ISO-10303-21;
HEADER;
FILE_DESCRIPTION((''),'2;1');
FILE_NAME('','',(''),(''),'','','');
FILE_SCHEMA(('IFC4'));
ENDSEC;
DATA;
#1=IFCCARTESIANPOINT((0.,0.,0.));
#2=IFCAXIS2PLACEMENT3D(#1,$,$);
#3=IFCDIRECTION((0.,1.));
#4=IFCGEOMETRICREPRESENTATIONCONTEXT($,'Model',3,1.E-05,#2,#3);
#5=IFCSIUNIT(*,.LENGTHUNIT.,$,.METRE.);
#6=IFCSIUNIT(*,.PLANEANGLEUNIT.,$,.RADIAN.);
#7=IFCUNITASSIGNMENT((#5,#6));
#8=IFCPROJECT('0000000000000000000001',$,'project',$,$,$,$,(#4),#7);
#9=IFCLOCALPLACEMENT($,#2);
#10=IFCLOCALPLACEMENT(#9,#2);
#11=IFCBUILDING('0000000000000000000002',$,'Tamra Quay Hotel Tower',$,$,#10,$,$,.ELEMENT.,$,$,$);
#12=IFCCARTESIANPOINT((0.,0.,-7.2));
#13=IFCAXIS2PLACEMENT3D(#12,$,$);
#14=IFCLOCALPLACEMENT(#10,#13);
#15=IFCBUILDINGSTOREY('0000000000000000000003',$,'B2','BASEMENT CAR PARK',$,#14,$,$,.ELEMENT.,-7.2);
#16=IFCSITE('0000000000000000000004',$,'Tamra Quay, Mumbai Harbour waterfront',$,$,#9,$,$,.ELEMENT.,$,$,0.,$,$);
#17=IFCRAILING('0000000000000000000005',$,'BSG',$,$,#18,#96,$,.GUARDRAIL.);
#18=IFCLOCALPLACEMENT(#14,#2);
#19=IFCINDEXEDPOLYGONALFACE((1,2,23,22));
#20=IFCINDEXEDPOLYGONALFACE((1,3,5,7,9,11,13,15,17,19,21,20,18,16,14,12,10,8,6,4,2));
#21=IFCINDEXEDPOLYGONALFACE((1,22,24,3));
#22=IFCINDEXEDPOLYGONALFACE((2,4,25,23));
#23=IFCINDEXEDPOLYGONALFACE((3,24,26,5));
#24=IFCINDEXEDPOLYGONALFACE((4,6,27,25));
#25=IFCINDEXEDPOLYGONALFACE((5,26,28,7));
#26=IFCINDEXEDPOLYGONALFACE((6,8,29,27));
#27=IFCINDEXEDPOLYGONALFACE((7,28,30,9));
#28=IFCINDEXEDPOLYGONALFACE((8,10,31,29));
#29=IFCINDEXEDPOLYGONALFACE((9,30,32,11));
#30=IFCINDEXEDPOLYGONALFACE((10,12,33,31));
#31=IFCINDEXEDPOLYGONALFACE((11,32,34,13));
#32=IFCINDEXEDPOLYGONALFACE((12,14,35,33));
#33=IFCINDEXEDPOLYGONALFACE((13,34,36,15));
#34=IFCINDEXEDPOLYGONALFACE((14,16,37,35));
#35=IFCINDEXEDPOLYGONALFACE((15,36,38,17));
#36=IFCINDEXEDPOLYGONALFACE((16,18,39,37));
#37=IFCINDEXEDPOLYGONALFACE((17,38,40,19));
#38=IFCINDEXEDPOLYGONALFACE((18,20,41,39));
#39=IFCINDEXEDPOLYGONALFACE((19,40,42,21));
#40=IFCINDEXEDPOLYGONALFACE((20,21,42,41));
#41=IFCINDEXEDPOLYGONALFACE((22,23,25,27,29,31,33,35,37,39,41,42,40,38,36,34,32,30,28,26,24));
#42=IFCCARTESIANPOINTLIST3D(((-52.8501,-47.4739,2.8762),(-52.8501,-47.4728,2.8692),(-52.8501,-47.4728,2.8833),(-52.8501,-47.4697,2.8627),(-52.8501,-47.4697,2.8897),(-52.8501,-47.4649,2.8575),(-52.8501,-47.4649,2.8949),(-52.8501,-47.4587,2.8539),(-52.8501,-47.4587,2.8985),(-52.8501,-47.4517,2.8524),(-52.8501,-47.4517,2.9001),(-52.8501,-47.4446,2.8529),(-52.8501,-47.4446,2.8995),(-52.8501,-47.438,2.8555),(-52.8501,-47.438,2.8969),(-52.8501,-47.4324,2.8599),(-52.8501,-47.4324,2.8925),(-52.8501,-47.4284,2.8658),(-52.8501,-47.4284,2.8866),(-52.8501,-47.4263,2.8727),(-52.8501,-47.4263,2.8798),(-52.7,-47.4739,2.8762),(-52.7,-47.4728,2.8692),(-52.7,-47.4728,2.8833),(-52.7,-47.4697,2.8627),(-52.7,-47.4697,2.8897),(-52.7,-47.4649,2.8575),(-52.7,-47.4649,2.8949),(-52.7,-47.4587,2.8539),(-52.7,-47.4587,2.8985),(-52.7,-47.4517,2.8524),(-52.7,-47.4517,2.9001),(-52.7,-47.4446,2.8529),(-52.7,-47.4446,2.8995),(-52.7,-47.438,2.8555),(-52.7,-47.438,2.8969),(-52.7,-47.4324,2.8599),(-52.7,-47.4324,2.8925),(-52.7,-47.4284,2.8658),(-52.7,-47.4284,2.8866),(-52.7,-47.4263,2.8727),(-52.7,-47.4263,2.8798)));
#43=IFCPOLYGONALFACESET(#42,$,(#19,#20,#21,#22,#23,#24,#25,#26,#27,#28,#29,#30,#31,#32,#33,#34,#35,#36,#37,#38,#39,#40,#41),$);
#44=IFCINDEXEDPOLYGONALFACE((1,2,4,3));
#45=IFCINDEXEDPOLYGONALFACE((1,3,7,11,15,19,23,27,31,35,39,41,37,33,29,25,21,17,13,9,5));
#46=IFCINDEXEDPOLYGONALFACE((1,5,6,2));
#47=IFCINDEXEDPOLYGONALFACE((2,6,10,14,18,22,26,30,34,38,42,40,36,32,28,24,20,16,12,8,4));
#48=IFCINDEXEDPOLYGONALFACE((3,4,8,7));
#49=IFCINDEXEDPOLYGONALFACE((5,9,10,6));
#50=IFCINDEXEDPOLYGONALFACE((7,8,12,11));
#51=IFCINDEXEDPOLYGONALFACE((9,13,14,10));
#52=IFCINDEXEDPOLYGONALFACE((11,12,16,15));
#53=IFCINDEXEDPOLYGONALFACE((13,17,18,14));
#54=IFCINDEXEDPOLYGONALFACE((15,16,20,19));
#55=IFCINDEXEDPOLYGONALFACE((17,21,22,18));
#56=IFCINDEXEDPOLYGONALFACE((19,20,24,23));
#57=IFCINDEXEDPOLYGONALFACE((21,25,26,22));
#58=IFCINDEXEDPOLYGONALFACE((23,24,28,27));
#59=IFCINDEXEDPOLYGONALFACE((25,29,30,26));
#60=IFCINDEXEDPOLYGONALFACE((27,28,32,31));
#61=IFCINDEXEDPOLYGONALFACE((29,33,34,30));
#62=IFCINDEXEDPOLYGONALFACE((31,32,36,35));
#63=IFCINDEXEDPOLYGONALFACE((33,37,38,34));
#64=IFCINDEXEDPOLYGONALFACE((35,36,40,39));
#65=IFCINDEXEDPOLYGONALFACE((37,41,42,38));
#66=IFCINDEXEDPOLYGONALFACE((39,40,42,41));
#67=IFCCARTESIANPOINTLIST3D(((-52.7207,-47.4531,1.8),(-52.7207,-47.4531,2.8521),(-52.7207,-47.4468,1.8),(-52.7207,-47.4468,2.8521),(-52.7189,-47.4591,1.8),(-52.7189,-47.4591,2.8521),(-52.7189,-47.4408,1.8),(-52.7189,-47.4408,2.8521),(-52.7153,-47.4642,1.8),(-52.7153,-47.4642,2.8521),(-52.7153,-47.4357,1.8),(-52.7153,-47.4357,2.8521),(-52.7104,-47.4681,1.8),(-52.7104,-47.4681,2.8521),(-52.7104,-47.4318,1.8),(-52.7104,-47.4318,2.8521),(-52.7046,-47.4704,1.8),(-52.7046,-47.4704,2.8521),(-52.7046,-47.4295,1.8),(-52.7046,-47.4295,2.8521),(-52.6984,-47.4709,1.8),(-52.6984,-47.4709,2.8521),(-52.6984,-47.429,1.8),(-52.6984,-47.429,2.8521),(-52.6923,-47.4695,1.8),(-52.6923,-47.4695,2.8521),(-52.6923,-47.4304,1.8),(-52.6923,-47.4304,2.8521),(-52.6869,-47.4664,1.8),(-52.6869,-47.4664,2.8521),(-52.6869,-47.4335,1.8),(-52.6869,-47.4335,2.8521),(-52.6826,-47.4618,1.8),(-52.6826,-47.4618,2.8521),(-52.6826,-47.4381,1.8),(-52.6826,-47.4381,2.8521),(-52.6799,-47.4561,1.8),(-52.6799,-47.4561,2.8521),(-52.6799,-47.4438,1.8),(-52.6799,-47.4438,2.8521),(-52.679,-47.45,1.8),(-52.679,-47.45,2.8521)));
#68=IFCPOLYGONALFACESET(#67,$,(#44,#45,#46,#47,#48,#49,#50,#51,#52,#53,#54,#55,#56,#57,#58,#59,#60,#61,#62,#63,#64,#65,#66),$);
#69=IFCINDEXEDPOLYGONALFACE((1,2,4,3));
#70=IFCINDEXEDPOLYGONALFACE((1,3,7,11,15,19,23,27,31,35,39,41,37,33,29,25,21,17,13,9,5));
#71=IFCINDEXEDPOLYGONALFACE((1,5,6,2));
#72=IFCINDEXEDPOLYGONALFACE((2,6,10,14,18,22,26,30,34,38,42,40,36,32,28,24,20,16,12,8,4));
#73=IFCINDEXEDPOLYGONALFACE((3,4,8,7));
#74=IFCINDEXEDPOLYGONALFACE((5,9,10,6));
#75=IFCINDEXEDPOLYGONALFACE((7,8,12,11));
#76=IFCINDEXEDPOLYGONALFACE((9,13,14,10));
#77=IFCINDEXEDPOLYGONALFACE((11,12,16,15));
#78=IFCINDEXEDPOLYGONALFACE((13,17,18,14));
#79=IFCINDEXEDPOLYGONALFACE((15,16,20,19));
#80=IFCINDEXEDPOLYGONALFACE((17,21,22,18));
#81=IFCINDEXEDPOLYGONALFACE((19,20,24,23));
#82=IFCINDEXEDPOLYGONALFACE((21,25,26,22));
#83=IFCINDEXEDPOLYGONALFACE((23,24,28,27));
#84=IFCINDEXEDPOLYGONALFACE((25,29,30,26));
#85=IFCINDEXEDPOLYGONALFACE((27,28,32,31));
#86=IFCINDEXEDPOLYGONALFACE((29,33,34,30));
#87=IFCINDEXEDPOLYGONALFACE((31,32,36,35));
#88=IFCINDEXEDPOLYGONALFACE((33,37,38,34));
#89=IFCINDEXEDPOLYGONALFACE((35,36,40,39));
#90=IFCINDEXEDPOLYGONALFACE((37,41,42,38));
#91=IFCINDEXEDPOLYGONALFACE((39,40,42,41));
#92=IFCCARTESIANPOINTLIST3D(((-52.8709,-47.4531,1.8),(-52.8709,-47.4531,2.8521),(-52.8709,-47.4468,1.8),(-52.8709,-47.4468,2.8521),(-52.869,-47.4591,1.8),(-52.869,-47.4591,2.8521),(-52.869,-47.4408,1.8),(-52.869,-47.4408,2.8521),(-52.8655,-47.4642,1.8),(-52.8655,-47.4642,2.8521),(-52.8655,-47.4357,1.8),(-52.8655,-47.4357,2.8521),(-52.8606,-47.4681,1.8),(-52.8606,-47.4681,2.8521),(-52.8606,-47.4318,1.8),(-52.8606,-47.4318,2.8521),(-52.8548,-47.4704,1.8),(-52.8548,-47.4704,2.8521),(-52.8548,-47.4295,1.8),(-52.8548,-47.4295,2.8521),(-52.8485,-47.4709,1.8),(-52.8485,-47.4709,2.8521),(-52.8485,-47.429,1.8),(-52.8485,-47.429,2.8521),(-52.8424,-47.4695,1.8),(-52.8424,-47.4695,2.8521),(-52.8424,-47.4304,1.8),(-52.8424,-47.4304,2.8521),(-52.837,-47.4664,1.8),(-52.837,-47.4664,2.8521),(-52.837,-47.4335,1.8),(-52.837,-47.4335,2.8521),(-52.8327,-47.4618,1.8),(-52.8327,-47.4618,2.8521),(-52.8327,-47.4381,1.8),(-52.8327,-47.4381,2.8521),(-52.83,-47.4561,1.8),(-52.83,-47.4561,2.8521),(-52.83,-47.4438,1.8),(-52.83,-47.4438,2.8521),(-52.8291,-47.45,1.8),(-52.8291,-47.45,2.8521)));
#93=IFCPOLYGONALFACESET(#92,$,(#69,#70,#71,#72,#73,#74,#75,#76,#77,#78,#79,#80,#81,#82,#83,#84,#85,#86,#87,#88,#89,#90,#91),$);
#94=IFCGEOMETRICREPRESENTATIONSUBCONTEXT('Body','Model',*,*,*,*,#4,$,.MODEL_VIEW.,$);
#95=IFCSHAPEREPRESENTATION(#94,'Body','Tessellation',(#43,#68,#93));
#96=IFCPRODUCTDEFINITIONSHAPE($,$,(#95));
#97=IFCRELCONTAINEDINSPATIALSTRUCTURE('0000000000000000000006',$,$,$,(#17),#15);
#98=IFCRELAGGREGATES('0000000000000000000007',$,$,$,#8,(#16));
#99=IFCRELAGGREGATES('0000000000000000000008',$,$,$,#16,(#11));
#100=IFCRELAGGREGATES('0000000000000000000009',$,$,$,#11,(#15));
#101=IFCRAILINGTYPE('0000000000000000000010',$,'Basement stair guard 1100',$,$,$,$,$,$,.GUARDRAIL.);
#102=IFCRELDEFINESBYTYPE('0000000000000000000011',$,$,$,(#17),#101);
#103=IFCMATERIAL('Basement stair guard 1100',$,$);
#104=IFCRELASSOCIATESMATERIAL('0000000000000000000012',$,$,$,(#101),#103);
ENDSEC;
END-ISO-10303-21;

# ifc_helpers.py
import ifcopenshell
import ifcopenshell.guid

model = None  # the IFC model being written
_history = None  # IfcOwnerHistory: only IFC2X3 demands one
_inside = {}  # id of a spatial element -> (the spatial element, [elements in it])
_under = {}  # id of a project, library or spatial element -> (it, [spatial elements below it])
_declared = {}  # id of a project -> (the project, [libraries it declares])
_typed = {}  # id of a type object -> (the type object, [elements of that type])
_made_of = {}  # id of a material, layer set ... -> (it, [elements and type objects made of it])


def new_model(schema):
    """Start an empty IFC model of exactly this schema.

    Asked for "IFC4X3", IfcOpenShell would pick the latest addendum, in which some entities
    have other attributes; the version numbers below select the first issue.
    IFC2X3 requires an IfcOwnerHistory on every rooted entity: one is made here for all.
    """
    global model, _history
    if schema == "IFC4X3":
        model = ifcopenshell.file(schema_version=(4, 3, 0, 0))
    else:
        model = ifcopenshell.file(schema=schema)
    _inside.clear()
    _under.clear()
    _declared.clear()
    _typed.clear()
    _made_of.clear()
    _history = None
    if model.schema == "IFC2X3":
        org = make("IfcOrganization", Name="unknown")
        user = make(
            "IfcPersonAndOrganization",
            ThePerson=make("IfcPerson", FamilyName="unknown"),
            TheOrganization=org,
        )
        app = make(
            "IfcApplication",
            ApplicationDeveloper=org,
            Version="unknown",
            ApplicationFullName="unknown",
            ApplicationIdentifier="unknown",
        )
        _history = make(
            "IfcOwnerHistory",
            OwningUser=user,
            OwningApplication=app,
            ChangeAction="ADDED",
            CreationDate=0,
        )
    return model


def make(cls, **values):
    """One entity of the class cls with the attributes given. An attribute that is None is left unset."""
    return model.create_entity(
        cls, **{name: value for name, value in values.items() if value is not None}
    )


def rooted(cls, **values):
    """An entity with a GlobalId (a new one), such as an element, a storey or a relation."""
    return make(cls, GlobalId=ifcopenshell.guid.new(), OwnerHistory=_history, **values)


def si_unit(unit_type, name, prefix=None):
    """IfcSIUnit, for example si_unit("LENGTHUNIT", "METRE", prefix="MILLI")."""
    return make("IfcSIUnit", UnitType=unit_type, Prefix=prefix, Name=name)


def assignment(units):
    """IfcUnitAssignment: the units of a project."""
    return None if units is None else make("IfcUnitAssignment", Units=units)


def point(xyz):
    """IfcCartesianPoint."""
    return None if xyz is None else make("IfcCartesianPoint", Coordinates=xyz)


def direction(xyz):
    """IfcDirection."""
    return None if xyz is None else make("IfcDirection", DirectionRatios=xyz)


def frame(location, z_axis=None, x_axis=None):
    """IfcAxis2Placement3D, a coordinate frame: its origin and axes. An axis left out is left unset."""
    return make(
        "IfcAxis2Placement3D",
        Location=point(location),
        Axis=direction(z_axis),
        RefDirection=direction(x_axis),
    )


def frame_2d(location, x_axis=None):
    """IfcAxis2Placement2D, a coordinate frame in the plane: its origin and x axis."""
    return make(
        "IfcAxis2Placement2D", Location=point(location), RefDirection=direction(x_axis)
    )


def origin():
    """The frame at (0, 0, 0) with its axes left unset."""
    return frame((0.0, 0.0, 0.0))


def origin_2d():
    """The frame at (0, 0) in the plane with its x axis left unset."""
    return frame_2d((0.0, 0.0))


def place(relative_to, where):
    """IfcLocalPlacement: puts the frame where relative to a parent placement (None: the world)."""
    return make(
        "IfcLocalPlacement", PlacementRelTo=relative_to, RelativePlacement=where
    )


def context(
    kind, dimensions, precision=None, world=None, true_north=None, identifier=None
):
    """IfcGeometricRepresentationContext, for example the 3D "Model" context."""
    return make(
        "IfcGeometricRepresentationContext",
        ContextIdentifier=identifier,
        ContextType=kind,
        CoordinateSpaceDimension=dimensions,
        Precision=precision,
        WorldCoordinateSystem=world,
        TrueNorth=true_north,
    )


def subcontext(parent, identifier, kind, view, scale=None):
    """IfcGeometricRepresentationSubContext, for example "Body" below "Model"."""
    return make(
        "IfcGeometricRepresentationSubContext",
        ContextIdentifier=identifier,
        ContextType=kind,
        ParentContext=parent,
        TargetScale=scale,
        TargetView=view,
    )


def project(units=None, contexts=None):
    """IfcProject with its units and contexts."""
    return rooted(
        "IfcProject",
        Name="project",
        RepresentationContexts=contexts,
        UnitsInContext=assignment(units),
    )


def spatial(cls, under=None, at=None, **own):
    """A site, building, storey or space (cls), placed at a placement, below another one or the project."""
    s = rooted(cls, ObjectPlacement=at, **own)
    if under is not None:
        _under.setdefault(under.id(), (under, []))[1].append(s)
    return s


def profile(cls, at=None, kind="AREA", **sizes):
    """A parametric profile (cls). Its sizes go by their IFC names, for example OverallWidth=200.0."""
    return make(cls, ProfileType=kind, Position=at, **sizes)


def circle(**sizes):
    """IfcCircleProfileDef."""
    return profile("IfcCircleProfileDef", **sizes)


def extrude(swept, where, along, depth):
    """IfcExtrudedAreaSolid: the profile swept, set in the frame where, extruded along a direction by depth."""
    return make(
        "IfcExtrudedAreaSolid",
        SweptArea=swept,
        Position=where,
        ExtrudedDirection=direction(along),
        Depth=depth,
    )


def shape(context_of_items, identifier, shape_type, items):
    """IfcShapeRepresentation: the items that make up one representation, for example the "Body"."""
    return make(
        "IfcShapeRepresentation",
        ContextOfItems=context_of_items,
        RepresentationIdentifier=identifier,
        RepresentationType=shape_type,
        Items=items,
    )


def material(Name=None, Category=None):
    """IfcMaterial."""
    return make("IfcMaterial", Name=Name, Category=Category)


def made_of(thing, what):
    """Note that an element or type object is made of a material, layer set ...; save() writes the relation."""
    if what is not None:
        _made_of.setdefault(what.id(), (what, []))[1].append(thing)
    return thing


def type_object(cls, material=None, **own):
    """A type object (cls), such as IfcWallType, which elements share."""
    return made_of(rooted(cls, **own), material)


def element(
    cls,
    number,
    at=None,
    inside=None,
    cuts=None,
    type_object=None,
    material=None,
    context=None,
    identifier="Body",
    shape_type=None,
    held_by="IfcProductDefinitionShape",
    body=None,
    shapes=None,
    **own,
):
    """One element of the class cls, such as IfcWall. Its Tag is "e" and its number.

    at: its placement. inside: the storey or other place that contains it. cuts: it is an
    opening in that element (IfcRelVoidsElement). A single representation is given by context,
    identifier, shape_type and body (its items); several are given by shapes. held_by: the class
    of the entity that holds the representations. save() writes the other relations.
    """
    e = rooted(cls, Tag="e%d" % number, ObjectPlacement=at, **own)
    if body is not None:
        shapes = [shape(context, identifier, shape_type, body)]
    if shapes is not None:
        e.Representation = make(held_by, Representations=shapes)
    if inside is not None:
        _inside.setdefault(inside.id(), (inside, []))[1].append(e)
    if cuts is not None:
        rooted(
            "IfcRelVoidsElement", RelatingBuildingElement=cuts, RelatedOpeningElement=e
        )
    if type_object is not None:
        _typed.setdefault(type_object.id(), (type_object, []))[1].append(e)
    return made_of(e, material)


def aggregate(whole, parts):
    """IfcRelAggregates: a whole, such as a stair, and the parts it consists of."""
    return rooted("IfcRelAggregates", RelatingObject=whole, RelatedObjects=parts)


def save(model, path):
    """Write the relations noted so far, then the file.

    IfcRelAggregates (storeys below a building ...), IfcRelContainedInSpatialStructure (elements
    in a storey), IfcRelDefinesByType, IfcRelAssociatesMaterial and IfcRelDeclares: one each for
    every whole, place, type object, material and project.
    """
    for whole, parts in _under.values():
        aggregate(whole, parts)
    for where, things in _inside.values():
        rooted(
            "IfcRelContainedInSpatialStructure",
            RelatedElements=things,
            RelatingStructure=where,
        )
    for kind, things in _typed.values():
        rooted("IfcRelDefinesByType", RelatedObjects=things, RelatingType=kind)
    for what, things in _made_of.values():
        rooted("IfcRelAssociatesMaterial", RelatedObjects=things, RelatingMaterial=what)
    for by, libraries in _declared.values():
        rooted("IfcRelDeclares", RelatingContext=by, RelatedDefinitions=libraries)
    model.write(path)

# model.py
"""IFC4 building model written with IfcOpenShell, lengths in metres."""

from ifc_helpers import new_model, si_unit, direction, frame, origin, origin_2d, place, context, subcontext, project, spatial, circle, extrude, material, type_object, element, save


model = new_model("IFC4")

# Units and contexts
model_context = context("Model", 3, precision=1e-05, world=origin(), true_north=direction((0.0, 1.0)))
body_context = subcontext(model_context, "Body", "Model", "MODEL_VIEW")
ifc_project = project(units=[si_unit("LENGTHUNIT", "METRE"), si_unit("PLANEANGLEUNIT", "RADIAN")], contexts=[model_context])

# Site, building, storey
site_placement = place(None, origin())
site = spatial("IfcSite", under=ifc_project, at=site_placement, Name="Tamra Quay, Mumbai Harbour waterfront", CompositionType="ELEMENT", RefElevation=0.0)
building_placement = place(site_placement, origin())
building = spatial("IfcBuilding", under=site, at=building_placement, Name="Tamra Quay Hotel Tower", CompositionType="ELEMENT")
storey_placement = place(building_placement, frame((0.0, 0.0, -7.2)))
storey = spatial("IfcBuildingStorey", under=building, at=storey_placement, Name="B2", Description="BASEMENT CAR PARK", CompositionType="ELEMENT", Elevation=-7.2)

# Railing
ifc_material_1 = material(Name="Basement stair guard 1100")
railing_type_1 = type_object("IfcRailingType", Name="Basement stair guard 1100", PredefinedType="GUARDRAIL", material=ifc_material_1)
railing_1_placement = place(storey_placement, frame((-52.7, -47.45, 1.8)))
element("IfcRailing", 1, at=railing_1_placement, inside=storey, type_object=railing_type_1, Name="BSG", PredefinedType="GUARDRAIL", context=body_context, shape_type="SweptSolid", body=[
    extrude(circle(Radius=0.0239, at=origin_2d()), frame((0.0, 0.0, 1.0762), z_axis=(-1.0, 0.0, 0.0), x_axis=(0.0, -1.0, 0.0)), (0.0, 0.0, 1.0), 0.1501),
    extrude(circle(Radius=0.021, at=origin_2d()), origin(), (0.0, 0.0, 1.0), 1.052),
    extrude(circle(Radius=0.021, at=origin_2d()), frame((-0.1501, 0.0, 0.0)), (0.0, 0.0, 1.0), 1.052),
])

save(model, "model.ifc")
